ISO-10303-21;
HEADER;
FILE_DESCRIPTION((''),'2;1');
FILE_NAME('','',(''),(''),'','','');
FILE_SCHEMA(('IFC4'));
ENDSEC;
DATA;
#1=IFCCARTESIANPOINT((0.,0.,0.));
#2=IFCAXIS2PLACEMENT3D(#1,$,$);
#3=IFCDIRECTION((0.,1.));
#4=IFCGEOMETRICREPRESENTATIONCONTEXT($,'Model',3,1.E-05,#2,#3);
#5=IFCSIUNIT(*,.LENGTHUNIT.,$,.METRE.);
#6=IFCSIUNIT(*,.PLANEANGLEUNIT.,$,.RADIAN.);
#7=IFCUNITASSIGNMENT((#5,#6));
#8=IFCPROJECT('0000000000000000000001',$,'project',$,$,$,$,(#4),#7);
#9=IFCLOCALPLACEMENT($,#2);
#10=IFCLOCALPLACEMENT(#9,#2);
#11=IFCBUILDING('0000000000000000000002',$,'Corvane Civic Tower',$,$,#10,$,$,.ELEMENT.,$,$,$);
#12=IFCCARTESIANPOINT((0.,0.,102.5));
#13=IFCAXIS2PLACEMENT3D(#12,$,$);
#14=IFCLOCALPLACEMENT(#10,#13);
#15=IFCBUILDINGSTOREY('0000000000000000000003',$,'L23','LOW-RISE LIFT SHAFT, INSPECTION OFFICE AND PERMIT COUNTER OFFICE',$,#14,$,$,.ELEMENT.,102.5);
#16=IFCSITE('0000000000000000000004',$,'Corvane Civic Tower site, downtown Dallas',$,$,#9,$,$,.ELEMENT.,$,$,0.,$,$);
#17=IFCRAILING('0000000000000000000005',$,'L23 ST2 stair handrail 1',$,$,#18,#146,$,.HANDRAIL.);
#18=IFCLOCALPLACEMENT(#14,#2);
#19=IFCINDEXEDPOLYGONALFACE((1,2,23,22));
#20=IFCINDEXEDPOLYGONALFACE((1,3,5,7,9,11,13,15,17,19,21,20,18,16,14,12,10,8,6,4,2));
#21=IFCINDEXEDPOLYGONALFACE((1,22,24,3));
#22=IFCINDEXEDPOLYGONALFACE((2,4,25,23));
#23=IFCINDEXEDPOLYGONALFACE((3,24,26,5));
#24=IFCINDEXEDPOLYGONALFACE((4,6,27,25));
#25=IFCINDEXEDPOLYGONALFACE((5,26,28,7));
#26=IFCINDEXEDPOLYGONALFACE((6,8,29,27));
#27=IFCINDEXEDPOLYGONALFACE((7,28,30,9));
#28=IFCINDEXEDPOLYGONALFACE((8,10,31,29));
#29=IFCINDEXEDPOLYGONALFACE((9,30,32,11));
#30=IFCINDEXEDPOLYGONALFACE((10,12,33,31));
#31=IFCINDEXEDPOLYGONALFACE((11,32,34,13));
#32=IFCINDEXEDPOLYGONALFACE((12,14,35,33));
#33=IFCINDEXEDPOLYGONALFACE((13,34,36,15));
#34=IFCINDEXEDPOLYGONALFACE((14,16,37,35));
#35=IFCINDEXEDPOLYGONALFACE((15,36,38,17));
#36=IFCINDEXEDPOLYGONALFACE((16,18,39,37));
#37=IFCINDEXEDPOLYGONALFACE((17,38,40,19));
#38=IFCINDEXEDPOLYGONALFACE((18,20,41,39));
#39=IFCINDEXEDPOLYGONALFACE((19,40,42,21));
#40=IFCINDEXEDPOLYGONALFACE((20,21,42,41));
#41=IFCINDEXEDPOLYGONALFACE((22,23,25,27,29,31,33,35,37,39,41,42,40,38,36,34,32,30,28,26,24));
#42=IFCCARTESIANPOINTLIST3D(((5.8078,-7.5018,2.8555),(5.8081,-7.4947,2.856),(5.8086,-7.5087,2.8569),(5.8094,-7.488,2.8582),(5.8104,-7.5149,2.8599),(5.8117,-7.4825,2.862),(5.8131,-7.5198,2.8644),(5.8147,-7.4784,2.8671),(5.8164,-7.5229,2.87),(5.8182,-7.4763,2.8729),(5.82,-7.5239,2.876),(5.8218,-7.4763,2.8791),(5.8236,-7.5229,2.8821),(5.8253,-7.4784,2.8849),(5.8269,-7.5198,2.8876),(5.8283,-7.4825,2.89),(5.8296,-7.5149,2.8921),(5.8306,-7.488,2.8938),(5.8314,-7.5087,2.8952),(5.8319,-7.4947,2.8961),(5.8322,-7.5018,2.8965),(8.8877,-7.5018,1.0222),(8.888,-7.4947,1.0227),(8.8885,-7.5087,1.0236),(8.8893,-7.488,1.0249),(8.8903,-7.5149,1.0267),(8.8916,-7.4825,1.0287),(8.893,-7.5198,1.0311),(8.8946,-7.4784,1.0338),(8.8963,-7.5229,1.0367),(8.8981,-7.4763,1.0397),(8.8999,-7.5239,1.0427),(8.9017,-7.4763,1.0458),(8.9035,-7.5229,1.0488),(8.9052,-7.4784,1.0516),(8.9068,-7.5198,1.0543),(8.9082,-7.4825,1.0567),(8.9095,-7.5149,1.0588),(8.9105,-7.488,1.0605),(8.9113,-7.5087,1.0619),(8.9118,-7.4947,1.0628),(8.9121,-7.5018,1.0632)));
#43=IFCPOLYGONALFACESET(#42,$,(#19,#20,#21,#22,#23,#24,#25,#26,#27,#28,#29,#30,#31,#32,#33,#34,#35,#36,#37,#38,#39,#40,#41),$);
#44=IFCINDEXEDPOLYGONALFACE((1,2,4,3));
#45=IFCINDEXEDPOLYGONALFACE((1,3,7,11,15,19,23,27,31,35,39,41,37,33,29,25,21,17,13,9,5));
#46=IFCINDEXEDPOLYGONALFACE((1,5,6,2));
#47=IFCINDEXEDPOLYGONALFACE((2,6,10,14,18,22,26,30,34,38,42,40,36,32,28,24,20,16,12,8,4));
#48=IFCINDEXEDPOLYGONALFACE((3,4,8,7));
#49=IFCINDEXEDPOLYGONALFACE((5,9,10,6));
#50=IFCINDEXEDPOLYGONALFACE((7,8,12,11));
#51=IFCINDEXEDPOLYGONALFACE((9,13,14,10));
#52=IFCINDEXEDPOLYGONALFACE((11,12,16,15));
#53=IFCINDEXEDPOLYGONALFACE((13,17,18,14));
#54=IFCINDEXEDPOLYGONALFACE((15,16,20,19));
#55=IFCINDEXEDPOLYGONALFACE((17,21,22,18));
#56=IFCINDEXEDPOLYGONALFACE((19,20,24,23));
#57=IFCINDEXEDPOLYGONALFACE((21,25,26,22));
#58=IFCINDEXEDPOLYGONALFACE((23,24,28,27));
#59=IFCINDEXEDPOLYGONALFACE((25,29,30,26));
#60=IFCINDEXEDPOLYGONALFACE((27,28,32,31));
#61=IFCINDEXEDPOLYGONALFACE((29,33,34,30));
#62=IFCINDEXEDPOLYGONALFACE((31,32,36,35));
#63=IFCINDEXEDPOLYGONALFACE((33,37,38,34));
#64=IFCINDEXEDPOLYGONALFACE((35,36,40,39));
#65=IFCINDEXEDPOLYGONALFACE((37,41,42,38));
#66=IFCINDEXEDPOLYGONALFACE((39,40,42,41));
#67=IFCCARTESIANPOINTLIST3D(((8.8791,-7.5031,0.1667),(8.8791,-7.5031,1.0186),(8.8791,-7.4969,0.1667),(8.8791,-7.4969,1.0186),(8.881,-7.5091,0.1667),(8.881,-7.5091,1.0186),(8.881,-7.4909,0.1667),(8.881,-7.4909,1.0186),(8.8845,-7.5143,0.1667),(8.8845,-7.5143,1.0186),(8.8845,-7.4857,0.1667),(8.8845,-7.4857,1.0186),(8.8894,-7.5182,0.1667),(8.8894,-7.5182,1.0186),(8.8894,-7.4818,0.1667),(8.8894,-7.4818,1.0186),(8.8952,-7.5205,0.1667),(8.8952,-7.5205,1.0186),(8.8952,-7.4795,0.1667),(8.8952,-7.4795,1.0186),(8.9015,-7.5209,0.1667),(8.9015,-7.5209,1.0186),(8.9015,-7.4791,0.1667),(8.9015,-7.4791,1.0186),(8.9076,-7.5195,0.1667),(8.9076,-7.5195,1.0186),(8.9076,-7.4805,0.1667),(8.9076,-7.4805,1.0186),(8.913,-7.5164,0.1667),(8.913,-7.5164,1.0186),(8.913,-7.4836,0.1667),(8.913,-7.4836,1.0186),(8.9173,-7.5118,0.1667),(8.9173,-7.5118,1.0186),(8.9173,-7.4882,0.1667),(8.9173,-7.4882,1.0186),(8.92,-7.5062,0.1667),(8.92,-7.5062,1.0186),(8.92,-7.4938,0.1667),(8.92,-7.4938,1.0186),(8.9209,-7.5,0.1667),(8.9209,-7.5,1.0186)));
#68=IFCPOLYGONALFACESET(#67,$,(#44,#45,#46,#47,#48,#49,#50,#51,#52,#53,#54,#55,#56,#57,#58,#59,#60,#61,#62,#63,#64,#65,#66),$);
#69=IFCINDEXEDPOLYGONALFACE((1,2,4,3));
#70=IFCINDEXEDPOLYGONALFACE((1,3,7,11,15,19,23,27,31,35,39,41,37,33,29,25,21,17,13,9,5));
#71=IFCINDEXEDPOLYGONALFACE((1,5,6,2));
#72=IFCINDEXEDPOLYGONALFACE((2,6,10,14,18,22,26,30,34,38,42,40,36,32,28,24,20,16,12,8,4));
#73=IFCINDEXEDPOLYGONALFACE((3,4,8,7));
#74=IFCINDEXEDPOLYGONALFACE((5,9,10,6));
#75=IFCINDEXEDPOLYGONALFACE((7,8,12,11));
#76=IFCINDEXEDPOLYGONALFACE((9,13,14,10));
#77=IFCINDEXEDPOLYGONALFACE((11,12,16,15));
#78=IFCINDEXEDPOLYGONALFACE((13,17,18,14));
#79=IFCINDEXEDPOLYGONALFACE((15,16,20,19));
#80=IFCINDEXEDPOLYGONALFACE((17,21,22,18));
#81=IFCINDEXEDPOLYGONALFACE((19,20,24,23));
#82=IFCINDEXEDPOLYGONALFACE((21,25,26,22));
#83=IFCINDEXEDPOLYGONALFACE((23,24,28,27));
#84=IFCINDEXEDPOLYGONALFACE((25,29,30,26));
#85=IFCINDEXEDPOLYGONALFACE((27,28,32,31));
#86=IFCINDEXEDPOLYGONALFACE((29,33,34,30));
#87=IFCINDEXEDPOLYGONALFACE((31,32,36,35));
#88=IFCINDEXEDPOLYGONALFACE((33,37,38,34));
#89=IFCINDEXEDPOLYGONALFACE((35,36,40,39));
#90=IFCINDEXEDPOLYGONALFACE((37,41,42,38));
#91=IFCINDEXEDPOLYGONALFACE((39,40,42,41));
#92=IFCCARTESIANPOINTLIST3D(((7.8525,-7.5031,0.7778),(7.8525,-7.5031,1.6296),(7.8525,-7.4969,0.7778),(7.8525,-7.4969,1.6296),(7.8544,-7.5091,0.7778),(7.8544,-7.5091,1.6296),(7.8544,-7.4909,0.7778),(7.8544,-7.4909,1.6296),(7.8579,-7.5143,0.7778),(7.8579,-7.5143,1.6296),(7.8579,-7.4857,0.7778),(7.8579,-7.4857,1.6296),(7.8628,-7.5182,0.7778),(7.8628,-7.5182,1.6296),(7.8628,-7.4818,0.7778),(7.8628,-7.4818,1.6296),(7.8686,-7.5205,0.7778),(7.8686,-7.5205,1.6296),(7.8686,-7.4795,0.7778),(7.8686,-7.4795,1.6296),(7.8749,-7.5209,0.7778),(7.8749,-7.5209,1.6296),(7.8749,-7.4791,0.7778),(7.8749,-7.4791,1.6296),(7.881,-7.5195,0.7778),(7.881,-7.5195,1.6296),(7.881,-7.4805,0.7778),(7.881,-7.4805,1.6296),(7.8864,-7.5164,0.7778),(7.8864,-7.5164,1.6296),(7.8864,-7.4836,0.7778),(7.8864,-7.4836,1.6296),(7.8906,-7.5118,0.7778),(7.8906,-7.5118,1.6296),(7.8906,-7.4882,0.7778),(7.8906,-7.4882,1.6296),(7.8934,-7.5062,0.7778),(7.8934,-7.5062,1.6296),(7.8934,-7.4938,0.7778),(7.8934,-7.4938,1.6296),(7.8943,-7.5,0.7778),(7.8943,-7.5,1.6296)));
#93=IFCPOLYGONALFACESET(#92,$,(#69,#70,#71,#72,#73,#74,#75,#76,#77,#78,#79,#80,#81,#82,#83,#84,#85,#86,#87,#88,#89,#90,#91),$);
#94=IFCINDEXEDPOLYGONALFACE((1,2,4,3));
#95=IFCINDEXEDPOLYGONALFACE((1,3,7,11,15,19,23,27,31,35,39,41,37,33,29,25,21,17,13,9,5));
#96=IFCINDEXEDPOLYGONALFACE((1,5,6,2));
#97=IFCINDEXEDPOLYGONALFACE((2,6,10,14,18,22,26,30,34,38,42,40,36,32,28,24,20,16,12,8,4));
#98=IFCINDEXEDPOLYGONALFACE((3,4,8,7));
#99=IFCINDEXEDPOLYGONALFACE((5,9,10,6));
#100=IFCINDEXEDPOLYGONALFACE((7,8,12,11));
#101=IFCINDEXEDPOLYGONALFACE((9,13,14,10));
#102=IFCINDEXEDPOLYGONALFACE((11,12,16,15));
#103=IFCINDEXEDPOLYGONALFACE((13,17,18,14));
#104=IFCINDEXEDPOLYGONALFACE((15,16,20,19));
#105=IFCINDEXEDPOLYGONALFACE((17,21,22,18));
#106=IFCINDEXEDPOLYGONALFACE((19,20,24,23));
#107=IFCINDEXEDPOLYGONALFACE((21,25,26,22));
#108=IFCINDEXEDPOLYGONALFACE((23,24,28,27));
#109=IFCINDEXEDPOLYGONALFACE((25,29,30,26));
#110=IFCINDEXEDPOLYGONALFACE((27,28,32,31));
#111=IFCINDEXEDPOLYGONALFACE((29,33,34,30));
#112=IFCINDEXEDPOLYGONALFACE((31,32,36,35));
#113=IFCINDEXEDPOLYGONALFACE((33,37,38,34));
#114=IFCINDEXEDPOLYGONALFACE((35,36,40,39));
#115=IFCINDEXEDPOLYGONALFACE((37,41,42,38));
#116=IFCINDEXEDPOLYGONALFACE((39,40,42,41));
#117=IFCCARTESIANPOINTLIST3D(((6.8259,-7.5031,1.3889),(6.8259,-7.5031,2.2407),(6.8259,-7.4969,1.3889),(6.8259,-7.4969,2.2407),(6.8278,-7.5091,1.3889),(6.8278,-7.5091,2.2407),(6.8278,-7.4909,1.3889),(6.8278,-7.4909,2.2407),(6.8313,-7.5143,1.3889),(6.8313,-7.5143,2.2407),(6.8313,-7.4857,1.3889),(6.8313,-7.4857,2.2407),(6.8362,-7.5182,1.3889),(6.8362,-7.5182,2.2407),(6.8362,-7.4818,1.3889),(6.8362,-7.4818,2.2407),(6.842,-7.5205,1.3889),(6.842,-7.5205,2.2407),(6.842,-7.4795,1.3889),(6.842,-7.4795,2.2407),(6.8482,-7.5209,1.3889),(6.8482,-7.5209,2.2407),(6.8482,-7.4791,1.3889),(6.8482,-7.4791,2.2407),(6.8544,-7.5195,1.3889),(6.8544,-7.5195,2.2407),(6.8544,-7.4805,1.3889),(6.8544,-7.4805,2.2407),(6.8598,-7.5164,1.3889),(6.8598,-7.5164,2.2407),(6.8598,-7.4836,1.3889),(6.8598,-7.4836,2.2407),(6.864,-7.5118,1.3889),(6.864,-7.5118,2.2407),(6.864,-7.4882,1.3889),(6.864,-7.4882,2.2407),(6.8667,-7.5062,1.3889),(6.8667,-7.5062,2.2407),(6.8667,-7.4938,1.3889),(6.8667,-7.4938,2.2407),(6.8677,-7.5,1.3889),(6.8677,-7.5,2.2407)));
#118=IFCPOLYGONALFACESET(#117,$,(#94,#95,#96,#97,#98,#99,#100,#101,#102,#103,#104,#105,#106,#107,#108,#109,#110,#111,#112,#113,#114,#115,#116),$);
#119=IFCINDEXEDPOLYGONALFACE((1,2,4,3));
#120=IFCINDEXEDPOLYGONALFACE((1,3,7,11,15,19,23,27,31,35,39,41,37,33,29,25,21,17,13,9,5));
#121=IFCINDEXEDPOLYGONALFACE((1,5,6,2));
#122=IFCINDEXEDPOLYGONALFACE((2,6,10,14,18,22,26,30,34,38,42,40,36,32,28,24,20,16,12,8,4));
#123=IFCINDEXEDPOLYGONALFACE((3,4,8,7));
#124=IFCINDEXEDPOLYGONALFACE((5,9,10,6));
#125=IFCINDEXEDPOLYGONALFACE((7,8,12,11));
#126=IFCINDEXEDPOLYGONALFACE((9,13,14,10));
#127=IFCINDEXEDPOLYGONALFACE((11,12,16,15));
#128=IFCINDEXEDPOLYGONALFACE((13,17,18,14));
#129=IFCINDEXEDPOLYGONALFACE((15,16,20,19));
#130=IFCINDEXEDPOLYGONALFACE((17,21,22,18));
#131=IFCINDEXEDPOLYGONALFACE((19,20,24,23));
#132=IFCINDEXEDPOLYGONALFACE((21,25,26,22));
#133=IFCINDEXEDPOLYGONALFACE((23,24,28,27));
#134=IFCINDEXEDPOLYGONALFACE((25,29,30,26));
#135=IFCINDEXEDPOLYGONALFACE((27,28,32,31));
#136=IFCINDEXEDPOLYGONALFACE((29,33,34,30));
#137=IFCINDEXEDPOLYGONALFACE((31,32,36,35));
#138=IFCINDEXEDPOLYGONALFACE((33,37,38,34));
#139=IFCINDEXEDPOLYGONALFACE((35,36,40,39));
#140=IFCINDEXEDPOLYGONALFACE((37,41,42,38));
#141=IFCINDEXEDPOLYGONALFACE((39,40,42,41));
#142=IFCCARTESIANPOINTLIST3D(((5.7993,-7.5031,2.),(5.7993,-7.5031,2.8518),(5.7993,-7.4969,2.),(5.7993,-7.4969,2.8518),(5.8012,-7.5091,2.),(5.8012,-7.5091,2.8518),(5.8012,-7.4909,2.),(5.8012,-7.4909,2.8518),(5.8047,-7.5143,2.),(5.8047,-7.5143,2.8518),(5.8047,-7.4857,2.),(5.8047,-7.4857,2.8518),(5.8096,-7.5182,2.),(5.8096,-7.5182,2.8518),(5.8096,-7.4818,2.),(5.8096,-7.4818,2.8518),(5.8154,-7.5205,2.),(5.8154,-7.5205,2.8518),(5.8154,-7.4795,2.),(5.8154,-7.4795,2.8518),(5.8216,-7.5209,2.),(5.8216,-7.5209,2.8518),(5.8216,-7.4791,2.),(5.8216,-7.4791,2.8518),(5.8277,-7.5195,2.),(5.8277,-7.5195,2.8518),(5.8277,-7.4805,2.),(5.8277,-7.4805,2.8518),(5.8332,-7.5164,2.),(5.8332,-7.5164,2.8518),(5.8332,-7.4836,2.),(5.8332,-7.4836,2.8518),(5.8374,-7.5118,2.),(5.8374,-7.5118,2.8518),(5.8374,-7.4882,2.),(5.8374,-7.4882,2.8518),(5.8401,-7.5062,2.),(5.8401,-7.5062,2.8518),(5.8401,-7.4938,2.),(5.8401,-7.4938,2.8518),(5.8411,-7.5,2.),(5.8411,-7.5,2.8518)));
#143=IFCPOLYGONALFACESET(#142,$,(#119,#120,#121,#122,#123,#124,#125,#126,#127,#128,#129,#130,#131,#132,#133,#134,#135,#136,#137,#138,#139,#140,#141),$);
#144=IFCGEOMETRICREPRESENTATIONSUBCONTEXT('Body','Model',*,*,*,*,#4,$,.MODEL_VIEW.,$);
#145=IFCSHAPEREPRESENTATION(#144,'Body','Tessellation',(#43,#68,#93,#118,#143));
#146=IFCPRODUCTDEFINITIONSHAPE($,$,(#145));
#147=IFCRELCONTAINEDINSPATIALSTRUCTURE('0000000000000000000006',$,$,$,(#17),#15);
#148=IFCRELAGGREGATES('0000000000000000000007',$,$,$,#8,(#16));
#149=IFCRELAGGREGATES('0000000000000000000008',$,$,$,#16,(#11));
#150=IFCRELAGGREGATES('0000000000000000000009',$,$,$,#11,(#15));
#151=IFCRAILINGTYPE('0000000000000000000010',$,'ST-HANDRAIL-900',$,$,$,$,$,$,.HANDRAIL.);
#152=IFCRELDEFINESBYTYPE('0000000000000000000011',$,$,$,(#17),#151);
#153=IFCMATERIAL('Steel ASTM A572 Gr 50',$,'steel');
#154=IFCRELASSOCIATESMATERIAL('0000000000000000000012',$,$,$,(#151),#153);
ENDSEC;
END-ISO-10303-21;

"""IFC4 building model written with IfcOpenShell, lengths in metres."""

from ifc_helpers import new_model, si_unit, direction, frame, origin, origin_2d, place, context, subcontext, project, spatial, circle, extrude, material, type_object, element, save


model = new_model("IFC4")

# Units and contexts
model_context = context("Model", 3, precision=1e-05, world=origin(), true_north=direction((0.0, 1.0)))
body_context = subcontext(model_context, "Body", "Model", "MODEL_VIEW")
ifc_project = project(units=[si_unit("LENGTHUNIT", "METRE"), si_unit("PLANEANGLEUNIT", "RADIAN")], contexts=[model_context])

# Site, building, storey
site_placement = place(None, origin())
site = spatial("IfcSite", under=ifc_project, at=site_placement, Name="Corvane Civic Tower site, downtown Dallas", CompositionType="ELEMENT", RefElevation=0.0)
building_placement = place(site_placement, origin())
building = spatial("IfcBuilding", under=site, at=building_placement, Name="Corvane Civic Tower", CompositionType="ELEMENT")
storey_placement = place(building_placement, frame((0.0, 0.0, 102.5)))
storey = spatial("IfcBuildingStorey", under=building, at=storey_placement, Name="L23", Description="LOW-RISE LIFT SHAFT, INSPECTION OFFICE AND PERMIT COUNTER OFFICE", CompositionType="ELEMENT", Elevation=102.5)

# Railing
ifc_material_1 = material(Name="Steel ASTM A572 Gr 50", Category="steel")
railing_type_1 = type_object("IfcRailingType", Name="ST-HANDRAIL-900", PredefinedType="HANDRAIL", material=ifc_material_1)
railing_1_placement = place(storey_placement, frame((8.8999, -7.5, 0.1667)))
element("IfcRailing", 1, at=railing_1_placement, inside=storey, type_object=railing_type_1, Name="L23 ST2 stair handrail 1", PredefinedType="HANDRAIL", context=body_context, shape_type="SweptSolid", body=[
    extrude(circle(Radius=0.0239, at=origin_2d()), frame((0.0, 0.0, 0.876), z_axis=(-0.859291, 0.0, 0.511487), x_axis=(0.0, -1.0, 0.0)), (0.0, 0.0, 1.0), 3.5842),
    extrude(circle(Radius=0.021, at=origin_2d()), origin(), (0.0, 0.0, 1.0), 0.8518),
    extrude(circle(Radius=0.021, at=origin_2d()), frame((-1.0266, 0.0, 0.6111)), (0.0, 0.0, 1.0), 0.8518),
    extrude(circle(Radius=0.021, at=origin_2d()), frame((-2.0532, 0.0, 1.2222)), (0.0, 0.0, 1.0), 0.8518),
    extrude(circle(Radius=0.021, at=origin_2d()), frame((-3.0798, 0.0, 1.8333)), (0.0, 0.0, 1.0), 0.8518),
])

save(model, "model.ifc")
